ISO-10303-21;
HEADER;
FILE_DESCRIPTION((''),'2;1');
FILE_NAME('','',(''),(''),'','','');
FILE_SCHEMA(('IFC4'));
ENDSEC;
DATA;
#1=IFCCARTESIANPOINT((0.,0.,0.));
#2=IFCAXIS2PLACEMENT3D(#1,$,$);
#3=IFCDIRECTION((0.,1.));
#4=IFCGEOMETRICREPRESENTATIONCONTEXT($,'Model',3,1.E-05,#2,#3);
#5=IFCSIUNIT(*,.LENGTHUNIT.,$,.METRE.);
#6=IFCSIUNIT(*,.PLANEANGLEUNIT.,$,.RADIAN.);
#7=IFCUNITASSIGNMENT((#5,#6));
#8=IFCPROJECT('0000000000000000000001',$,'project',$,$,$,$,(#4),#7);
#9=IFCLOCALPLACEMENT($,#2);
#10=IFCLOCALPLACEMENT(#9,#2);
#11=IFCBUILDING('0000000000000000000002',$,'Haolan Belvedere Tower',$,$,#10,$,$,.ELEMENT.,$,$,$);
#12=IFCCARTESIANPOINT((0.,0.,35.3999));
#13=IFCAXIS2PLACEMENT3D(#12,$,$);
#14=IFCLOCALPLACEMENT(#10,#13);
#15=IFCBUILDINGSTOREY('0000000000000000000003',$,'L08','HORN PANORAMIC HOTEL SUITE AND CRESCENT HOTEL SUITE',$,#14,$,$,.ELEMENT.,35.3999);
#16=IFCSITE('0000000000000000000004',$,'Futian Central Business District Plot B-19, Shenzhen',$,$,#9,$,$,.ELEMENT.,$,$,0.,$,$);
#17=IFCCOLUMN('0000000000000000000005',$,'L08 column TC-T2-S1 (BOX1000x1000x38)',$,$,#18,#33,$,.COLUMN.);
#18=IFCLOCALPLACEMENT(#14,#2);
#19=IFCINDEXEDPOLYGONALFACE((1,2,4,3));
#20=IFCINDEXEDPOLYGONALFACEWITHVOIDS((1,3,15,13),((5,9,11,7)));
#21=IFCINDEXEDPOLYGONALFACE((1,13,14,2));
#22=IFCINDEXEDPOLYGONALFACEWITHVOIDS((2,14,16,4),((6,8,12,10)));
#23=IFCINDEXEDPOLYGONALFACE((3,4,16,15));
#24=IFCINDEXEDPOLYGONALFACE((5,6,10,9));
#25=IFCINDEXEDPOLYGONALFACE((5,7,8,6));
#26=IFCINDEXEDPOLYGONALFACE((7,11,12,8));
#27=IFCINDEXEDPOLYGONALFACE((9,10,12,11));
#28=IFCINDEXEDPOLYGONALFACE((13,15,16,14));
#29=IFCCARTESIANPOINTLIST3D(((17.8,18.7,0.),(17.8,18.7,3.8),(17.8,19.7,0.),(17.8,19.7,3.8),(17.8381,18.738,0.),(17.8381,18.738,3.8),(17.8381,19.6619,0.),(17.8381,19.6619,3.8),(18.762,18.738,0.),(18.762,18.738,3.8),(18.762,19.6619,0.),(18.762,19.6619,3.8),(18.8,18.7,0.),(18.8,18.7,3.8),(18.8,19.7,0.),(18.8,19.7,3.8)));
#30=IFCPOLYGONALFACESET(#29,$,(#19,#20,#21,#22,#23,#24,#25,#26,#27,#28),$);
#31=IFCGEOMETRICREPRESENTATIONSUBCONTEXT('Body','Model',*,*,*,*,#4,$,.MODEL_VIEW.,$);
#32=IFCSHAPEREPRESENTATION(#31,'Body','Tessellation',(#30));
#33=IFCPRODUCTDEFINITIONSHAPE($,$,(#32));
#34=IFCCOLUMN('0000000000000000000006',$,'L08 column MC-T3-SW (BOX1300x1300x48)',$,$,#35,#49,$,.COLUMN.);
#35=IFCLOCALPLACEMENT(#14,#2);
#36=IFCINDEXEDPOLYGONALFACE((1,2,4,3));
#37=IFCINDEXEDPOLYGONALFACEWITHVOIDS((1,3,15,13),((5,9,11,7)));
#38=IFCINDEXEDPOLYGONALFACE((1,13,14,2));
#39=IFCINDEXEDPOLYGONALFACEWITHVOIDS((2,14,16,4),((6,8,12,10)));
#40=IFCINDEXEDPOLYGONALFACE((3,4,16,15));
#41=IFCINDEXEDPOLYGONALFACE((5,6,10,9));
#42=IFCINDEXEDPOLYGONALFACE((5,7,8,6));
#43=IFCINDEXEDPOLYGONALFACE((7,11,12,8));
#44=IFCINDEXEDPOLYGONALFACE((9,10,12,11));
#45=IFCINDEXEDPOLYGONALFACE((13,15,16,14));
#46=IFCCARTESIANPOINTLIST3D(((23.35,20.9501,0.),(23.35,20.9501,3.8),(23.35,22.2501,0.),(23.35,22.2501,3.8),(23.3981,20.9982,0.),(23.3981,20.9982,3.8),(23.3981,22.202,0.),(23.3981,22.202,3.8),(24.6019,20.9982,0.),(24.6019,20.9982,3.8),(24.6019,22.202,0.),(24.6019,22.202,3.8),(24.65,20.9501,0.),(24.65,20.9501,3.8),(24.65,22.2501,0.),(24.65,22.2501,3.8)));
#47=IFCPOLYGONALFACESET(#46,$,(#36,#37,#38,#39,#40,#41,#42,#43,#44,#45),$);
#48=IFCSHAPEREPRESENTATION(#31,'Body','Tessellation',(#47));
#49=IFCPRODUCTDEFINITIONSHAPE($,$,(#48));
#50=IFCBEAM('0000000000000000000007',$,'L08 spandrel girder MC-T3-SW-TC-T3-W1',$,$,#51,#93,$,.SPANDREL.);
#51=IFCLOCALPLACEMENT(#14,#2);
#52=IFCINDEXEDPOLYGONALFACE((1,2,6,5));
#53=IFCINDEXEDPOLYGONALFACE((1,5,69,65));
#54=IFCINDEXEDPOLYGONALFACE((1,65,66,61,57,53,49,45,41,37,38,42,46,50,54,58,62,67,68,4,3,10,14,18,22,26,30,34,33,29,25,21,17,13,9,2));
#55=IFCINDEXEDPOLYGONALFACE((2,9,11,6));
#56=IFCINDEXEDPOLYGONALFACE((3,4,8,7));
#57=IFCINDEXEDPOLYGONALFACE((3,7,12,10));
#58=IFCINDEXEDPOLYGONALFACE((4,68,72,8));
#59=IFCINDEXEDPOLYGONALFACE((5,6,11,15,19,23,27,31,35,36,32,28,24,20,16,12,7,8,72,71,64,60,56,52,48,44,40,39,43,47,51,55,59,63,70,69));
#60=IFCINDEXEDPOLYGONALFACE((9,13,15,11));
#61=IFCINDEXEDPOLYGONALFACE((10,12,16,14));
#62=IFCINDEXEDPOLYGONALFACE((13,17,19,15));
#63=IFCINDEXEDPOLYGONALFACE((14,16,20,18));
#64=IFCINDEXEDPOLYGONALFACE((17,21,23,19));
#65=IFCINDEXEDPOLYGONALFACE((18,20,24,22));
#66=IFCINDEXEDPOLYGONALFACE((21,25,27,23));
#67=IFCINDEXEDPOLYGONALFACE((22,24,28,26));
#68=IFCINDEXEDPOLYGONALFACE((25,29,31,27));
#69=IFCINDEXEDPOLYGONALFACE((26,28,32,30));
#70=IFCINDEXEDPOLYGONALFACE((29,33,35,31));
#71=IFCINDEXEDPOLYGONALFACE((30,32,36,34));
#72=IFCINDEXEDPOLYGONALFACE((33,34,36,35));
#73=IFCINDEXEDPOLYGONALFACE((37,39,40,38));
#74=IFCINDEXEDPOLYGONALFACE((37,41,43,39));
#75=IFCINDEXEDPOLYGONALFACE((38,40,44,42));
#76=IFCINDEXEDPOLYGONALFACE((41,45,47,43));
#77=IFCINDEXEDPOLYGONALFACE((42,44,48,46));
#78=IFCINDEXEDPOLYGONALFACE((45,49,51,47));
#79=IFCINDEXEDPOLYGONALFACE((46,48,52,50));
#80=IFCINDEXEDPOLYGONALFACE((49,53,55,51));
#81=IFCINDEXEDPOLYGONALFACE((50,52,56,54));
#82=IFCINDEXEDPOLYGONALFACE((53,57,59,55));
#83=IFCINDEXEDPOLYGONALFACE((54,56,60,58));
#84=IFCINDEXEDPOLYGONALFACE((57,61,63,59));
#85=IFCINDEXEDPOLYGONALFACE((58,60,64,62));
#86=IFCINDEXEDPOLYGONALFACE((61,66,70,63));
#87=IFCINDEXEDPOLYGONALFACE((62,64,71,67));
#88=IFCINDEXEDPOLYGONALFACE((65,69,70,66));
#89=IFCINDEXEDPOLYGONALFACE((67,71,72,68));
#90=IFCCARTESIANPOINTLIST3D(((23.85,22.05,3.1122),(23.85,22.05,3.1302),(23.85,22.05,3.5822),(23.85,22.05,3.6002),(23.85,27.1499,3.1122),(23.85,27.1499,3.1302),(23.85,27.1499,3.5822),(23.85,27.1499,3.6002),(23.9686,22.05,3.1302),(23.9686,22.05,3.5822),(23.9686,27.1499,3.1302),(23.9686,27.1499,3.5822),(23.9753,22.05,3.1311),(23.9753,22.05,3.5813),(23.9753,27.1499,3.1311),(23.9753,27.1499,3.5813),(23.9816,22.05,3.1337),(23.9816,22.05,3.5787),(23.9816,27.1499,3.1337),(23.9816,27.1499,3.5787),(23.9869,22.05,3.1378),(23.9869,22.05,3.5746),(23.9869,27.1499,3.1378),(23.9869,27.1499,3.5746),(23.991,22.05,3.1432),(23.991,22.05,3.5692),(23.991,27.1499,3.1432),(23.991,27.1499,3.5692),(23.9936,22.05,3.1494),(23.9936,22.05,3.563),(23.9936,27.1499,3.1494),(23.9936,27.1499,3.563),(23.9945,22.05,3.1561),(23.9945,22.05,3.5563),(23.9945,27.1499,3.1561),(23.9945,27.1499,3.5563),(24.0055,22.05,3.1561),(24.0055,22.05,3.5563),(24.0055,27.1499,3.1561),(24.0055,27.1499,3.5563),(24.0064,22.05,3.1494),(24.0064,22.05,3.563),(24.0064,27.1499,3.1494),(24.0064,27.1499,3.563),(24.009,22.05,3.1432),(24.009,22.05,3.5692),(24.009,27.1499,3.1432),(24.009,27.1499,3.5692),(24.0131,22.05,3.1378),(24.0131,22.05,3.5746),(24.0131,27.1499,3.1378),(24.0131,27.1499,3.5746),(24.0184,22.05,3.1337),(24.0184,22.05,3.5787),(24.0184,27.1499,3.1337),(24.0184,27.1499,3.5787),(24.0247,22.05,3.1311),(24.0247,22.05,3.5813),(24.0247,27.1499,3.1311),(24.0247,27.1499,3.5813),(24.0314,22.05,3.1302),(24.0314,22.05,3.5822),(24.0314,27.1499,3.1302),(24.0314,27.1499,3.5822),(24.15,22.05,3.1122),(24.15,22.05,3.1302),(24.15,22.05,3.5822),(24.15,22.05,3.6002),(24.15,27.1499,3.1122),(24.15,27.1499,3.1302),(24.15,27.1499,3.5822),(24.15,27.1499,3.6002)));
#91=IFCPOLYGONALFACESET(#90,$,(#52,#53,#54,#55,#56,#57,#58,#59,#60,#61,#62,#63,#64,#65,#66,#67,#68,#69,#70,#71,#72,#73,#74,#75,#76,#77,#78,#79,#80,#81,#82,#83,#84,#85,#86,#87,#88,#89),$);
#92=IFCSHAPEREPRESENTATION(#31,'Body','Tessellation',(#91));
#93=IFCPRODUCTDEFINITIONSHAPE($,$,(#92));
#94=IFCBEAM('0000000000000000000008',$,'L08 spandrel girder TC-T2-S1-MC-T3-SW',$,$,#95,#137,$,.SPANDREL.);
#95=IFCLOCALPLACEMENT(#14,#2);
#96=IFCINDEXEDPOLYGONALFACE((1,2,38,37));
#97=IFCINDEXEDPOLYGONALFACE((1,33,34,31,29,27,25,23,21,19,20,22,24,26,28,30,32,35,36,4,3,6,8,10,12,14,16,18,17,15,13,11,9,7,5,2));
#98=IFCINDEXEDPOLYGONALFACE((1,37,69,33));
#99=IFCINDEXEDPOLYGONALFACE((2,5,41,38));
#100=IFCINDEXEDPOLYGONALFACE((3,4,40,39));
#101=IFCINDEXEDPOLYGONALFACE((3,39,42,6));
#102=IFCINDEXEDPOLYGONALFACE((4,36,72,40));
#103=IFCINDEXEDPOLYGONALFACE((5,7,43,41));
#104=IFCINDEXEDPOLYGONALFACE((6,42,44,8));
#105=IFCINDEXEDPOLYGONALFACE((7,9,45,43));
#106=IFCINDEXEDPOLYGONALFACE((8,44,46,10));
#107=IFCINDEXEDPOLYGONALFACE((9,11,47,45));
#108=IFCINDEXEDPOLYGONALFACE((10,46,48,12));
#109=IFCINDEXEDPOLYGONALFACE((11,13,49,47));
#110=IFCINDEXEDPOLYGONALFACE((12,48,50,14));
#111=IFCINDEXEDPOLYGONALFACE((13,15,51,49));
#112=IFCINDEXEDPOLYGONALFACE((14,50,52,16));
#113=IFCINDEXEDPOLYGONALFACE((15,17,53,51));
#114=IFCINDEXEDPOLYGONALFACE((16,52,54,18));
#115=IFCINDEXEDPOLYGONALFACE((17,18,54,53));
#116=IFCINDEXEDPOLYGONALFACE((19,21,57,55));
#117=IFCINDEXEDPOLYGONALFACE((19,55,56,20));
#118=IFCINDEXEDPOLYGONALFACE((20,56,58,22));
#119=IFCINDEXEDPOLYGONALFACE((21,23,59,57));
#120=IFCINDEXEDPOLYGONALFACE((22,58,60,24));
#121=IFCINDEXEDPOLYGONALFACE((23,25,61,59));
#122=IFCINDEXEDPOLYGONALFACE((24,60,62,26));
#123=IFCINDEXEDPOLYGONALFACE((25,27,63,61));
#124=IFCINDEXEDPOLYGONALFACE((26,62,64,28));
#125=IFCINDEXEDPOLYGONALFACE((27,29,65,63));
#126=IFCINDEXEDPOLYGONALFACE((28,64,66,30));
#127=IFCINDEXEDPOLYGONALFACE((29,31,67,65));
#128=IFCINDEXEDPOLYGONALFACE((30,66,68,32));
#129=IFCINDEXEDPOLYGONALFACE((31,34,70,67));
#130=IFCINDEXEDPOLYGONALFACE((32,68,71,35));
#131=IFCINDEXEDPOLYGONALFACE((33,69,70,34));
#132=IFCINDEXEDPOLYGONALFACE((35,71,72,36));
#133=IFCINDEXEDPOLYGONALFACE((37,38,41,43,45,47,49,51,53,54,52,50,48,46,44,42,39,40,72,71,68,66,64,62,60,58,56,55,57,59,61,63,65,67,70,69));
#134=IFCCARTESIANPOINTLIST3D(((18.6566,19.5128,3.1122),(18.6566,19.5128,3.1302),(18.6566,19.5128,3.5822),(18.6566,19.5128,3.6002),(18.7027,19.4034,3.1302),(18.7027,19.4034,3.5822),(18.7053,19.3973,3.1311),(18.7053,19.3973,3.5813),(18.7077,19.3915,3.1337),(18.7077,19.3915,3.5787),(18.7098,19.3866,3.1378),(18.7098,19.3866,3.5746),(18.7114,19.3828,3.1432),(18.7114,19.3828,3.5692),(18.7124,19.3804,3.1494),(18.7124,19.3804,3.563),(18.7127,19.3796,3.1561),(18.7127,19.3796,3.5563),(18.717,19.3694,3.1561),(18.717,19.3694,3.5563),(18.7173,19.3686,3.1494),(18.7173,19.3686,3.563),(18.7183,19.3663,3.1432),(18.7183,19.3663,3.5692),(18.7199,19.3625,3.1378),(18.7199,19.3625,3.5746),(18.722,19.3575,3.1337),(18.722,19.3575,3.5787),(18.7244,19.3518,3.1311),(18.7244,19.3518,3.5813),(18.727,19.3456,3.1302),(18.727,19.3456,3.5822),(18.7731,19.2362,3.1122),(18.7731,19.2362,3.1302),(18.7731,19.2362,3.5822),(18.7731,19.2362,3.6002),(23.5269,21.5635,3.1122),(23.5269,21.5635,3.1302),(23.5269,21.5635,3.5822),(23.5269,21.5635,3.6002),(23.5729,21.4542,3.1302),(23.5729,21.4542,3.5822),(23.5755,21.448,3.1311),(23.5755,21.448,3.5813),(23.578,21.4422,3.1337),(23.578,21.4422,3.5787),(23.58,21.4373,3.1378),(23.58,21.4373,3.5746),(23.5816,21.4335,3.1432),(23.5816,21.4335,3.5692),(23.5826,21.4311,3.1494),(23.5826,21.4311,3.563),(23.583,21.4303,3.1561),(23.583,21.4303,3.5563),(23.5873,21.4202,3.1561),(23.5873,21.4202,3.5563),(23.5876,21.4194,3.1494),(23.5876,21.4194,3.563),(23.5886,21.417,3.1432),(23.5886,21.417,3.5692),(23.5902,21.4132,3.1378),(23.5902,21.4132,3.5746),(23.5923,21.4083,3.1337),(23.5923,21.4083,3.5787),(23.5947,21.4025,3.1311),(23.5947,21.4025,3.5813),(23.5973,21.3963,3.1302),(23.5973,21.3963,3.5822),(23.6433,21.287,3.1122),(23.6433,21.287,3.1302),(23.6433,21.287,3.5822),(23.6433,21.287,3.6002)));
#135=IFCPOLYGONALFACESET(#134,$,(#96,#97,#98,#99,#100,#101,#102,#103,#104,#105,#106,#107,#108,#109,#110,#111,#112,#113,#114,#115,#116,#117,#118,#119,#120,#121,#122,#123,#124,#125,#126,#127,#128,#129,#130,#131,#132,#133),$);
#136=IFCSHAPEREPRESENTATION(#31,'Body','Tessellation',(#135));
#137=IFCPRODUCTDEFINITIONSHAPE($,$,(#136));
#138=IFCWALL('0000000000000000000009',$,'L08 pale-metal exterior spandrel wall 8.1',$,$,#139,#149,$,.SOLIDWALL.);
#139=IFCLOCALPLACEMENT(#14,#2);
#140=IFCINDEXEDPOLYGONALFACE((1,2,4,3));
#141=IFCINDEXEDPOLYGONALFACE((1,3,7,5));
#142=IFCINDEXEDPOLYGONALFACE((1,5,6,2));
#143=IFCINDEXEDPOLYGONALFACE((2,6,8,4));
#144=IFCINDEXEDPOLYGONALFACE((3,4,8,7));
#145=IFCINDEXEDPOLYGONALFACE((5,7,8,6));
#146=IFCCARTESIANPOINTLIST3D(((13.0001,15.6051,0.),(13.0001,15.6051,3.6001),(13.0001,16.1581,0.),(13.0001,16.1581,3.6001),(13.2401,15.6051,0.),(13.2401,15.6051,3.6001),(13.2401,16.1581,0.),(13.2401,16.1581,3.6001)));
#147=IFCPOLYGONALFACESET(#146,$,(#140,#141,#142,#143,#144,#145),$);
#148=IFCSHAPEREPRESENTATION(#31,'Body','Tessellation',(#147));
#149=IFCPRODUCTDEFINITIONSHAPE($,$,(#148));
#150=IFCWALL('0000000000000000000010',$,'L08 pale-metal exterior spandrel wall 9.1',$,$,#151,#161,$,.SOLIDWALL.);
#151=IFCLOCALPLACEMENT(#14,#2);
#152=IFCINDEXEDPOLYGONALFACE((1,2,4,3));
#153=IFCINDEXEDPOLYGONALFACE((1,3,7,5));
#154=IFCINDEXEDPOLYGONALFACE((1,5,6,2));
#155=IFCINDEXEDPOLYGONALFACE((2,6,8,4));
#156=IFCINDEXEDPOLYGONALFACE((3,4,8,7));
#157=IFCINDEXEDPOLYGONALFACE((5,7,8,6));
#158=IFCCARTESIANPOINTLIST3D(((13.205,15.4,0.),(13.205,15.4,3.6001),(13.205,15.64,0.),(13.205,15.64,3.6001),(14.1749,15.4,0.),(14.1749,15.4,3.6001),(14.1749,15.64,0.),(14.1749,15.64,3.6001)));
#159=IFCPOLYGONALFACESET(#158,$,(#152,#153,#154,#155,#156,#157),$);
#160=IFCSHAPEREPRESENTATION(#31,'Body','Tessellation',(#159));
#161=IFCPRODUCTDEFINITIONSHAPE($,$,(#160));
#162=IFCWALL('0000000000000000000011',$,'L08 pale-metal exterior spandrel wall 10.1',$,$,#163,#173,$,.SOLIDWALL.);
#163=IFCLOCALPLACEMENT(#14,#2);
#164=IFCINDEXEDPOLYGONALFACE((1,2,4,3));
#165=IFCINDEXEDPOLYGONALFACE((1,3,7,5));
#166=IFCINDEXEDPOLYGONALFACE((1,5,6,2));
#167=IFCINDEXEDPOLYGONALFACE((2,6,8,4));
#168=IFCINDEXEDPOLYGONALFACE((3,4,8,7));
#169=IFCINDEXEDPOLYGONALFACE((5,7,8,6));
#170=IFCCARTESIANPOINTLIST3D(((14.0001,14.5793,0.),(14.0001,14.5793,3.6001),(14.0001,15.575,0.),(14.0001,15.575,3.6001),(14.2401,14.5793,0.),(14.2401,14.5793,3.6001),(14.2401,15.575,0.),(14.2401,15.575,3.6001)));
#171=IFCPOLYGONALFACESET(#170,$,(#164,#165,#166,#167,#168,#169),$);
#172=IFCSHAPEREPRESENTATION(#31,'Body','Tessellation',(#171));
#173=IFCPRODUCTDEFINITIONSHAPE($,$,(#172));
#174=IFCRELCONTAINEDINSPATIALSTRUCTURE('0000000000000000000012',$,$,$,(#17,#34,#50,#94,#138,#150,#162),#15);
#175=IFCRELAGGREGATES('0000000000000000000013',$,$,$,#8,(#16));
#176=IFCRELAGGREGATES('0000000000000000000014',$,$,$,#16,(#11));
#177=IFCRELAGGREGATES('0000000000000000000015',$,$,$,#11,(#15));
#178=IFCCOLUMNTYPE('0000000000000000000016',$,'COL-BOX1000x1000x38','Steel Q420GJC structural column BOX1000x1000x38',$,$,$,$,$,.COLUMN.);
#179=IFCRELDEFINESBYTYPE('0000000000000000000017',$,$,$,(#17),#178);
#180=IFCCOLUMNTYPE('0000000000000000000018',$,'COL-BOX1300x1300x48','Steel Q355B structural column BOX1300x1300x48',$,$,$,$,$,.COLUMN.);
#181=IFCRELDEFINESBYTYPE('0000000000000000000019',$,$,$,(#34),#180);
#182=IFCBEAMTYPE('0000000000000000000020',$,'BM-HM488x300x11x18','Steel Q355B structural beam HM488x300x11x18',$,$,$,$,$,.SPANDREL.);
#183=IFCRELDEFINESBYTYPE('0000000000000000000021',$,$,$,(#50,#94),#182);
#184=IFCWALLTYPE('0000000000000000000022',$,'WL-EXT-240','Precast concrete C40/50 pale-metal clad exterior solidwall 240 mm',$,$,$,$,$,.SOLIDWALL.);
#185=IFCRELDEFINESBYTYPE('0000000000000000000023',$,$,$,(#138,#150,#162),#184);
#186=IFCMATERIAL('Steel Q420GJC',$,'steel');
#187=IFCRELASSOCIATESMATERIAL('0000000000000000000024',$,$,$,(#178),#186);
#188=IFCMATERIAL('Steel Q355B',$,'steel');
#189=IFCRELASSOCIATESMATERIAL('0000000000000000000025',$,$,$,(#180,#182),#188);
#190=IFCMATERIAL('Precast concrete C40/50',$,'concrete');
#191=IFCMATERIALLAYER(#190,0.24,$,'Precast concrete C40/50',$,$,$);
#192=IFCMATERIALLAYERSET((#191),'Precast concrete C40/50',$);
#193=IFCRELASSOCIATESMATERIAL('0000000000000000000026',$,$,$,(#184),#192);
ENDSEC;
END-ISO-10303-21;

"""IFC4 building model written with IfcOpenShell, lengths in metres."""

from ifc_helpers import new_model, si_unit, direction, frame, frame_2d, origin, origin_2d, place, context, subcontext, project, spatial, rectangle, hollow_rectangle, i_section, extrude, material, layer, layer_set, material_profile, profile_set, type_object, element, save


model = new_model("IFC4")

# Units and contexts
model_context = context("Model", 3, precision=1e-05, world=origin(), true_north=direction((0.0, 1.0)))
body_context = subcontext(model_context, "Body", "Model", "MODEL_VIEW")
ifc_project = project(units=[si_unit("LENGTHUNIT", "METRE"), si_unit("PLANEANGLEUNIT", "RADIAN")], contexts=[model_context])

# Site, building, storey
site_placement = place(None, origin())
site = spatial("IfcSite", under=ifc_project, at=site_placement, Name="Futian Central Business District Plot B-19, Shenzhen", CompositionType="ELEMENT", RefElevation=0.0)
building_placement = place(site_placement, origin())
building = spatial("IfcBuilding", under=site, at=building_placement, Name="Haolan Belvedere Tower", CompositionType="ELEMENT")
storey_placement = place(building_placement, frame((0.0, 0.0, 35.3999)))
storey = spatial("IfcBuildingStorey", under=building, at=storey_placement, Name="L08", Description="HORN PANORAMIC HOTEL SUITE AND CRESCENT HOTEL SUITE", CompositionType="ELEMENT", Elevation=35.3999)

# Columns
ifc_material_1 = material(Name="Steel Q420GJC", Category="steel")
ifc_material_profile_1 = material_profile(ifc_material_1, hollow_rectangle(XDim=1.0, YDim=1.0, WallThickness=0.0381, at=origin_2d()), Name="Steel Q420GJC")
ifc_profile_set_1 = profile_set([ifc_material_profile_1], Name="Steel Q420GJC")
column_type_1 = type_object("IfcColumnType", Name="COL-BOX1000x1000x38", Description="Steel Q420GJC structural column BOX1000x1000x38", PredefinedType="COLUMN", material=ifc_profile_set_1)
column_1_placement = place(storey_placement, frame((18.3, 19.2, 0.0), z_axis=(0.0, 0.0, 1.0), x_axis=(1.0, 0.0, 0.0)))
element("IfcColumn", 1, at=column_1_placement, inside=storey, type_object=column_type_1, Name="L08 column TC-T2-S1 (BOX1000x1000x38)", PredefinedType="COLUMN", context=body_context, shape_type="SweptSolid", body=[
    extrude(hollow_rectangle(XDim=1.0, YDim=1.0, WallThickness=0.0381, at=origin_2d()), origin(), (0.0, 0.0, 1.0), 3.8),
])
ifc_material_2 = material(Name="Steel Q355B", Category="steel")
ifc_material_profile_2 = material_profile(ifc_material_2, hollow_rectangle(XDim=1.3, YDim=1.3, WallThickness=0.0481, at=origin_2d()), Name="Steel Q355B")
ifc_profile_set_2 = profile_set([ifc_material_profile_2], Name="Steel Q355B")
column_type_2 = type_object("IfcColumnType", Name="COL-BOX1300x1300x48", Description="Steel Q355B structural column BOX1300x1300x48", PredefinedType="COLUMN", material=ifc_profile_set_2)
column_2_placement = place(storey_placement, frame((24.0, 21.6001, 0.0), z_axis=(0.0, 0.0, 1.0), x_axis=(1.0, 0.0, 0.0)))
element("IfcColumn", 2, at=column_2_placement, inside=storey, type_object=column_type_2, Name="L08 column MC-T3-SW (BOX1300x1300x48)", PredefinedType="COLUMN", context=body_context, shape_type="SweptSolid", body=[
    extrude(hollow_rectangle(XDim=1.3, YDim=1.3, WallThickness=0.0481, at=origin_2d()), origin(), (0.0, 0.0, 1.0), 3.8),
])

# Beams
ifc_material_profile_3 = material_profile(ifc_material_2, i_section(OverallWidth=0.3, OverallDepth=0.488, WebThickness=0.011, FlangeThickness=0.0181, FilletRadius=0.0259, at=origin_2d()), Name="Steel Q355B")
ifc_profile_set_3 = profile_set([ifc_material_profile_3], Name="Steel Q355B")
beam_type = type_object("IfcBeamType", Name="BM-HM488x300x11x18", Description="Steel Q355B structural beam HM488x300x11x18", PredefinedType="SPANDREL", material=ifc_profile_set_3)
beam_1_placement = place(storey_placement, frame((24.0, 22.05, 3.3562), z_axis=(0.0, 1.0, 0.0), x_axis=(-1.0, 0.0, 0.0)))
element("IfcBeam", 3, at=beam_1_placement, inside=storey, type_object=beam_type, Name="L08 spandrel girder MC-T3-SW-TC-T3-W1", PredefinedType="SPANDREL", context=body_context, shape_type="SweptSolid", body=[
    extrude(i_section(OverallWidth=0.3, OverallDepth=0.488, WebThickness=0.011, FlangeThickness=0.0181, FilletRadius=0.0259, at=origin_2d()), origin(), (0.0, 0.0, 1.0), 5.0999),
])
beam_2_placement = place(storey_placement, frame((18.7148, 19.3745, 3.3562), z_axis=(0.921628, 0.388074, 0.0), x_axis=(-0.388074, 0.921628, 0.0)))
element("IfcBeam", 4, at=beam_2_placement, inside=storey, type_object=beam_type, Name="L08 spandrel girder TC-T2-S1-MC-T3-SW", PredefinedType="SPANDREL", context=body_context, shape_type="SweptSolid", body=[
    extrude(i_section(OverallWidth=0.3, OverallDepth=0.488, WebThickness=0.011, FlangeThickness=0.0181, FilletRadius=0.0259, at=origin_2d()), origin(), (0.0, 0.0, 1.0), 5.2844),
])

# Walls
ifc_material_3 = material(Name="Precast concrete C40/50", Category="concrete")
ifc_layer_1 = layer(ifc_material_3, 0.24, Name="Precast concrete C40/50")
ifc_layer_set_1 = layer_set([ifc_layer_1], Name="Precast concrete C40/50")
wall_type_1 = type_object("IfcWallType", Name="WL-EXT-240", Description="Precast concrete C40/50 pale-metal clad exterior solidwall 240 mm", PredefinedType="SOLIDWALL", material=ifc_layer_set_1)
wall_1_placement = place(storey_placement, frame((13.1201, 16.158, 0.0), z_axis=(0.0, 0.0, 1.0), x_axis=(0.0, -1.0, 0.0)))
element("IfcWall", 5, at=wall_1_placement, inside=storey, type_object=wall_type_1, Name="L08 pale-metal exterior spandrel wall 8.1", PredefinedType="SOLIDWALL", context=body_context, shape_type="SweptSolid", body=[
    extrude(rectangle(XDim=0.553, YDim=0.24, at=frame_2d((0.2764, 0.0))), origin(), (0.0, 0.0, 1.0), 3.6001),
])
wall_2_placement = place(storey_placement, frame((13.2051, 15.52, 0.0), z_axis=(0.0, 0.0, 1.0), x_axis=(1.0, 0.0, 0.0)))
element("IfcWall", 6, at=wall_2_placement, inside=storey, type_object=wall_type_1, Name="L08 pale-metal exterior spandrel wall 9.1", PredefinedType="SOLIDWALL", context=body_context, shape_type="SweptSolid", body=[
    extrude(rectangle(XDim=0.97, YDim=0.24, at=frame_2d((0.4849, 0.0))), origin(), (0.0, 0.0, 1.0), 3.6001),
])
wall_3_placement = place(storey_placement, frame((14.1201, 15.575, 0.0), z_axis=(0.0, 0.0, 1.0), x_axis=(0.0, -1.0, 0.0)))
element("IfcWall", 7, at=wall_3_placement, inside=storey, type_object=wall_type_1, Name="L08 pale-metal exterior spandrel wall 10.1", PredefinedType="SOLIDWALL", context=body_context, shape_type="SweptSolid", body=[
    extrude(rectangle(XDim=0.9956, YDim=0.24, at=frame_2d((0.4978, 0.0))), origin(), (0.0, 0.0, 1.0), 3.6001),
])

save(model, "model.ifc")
